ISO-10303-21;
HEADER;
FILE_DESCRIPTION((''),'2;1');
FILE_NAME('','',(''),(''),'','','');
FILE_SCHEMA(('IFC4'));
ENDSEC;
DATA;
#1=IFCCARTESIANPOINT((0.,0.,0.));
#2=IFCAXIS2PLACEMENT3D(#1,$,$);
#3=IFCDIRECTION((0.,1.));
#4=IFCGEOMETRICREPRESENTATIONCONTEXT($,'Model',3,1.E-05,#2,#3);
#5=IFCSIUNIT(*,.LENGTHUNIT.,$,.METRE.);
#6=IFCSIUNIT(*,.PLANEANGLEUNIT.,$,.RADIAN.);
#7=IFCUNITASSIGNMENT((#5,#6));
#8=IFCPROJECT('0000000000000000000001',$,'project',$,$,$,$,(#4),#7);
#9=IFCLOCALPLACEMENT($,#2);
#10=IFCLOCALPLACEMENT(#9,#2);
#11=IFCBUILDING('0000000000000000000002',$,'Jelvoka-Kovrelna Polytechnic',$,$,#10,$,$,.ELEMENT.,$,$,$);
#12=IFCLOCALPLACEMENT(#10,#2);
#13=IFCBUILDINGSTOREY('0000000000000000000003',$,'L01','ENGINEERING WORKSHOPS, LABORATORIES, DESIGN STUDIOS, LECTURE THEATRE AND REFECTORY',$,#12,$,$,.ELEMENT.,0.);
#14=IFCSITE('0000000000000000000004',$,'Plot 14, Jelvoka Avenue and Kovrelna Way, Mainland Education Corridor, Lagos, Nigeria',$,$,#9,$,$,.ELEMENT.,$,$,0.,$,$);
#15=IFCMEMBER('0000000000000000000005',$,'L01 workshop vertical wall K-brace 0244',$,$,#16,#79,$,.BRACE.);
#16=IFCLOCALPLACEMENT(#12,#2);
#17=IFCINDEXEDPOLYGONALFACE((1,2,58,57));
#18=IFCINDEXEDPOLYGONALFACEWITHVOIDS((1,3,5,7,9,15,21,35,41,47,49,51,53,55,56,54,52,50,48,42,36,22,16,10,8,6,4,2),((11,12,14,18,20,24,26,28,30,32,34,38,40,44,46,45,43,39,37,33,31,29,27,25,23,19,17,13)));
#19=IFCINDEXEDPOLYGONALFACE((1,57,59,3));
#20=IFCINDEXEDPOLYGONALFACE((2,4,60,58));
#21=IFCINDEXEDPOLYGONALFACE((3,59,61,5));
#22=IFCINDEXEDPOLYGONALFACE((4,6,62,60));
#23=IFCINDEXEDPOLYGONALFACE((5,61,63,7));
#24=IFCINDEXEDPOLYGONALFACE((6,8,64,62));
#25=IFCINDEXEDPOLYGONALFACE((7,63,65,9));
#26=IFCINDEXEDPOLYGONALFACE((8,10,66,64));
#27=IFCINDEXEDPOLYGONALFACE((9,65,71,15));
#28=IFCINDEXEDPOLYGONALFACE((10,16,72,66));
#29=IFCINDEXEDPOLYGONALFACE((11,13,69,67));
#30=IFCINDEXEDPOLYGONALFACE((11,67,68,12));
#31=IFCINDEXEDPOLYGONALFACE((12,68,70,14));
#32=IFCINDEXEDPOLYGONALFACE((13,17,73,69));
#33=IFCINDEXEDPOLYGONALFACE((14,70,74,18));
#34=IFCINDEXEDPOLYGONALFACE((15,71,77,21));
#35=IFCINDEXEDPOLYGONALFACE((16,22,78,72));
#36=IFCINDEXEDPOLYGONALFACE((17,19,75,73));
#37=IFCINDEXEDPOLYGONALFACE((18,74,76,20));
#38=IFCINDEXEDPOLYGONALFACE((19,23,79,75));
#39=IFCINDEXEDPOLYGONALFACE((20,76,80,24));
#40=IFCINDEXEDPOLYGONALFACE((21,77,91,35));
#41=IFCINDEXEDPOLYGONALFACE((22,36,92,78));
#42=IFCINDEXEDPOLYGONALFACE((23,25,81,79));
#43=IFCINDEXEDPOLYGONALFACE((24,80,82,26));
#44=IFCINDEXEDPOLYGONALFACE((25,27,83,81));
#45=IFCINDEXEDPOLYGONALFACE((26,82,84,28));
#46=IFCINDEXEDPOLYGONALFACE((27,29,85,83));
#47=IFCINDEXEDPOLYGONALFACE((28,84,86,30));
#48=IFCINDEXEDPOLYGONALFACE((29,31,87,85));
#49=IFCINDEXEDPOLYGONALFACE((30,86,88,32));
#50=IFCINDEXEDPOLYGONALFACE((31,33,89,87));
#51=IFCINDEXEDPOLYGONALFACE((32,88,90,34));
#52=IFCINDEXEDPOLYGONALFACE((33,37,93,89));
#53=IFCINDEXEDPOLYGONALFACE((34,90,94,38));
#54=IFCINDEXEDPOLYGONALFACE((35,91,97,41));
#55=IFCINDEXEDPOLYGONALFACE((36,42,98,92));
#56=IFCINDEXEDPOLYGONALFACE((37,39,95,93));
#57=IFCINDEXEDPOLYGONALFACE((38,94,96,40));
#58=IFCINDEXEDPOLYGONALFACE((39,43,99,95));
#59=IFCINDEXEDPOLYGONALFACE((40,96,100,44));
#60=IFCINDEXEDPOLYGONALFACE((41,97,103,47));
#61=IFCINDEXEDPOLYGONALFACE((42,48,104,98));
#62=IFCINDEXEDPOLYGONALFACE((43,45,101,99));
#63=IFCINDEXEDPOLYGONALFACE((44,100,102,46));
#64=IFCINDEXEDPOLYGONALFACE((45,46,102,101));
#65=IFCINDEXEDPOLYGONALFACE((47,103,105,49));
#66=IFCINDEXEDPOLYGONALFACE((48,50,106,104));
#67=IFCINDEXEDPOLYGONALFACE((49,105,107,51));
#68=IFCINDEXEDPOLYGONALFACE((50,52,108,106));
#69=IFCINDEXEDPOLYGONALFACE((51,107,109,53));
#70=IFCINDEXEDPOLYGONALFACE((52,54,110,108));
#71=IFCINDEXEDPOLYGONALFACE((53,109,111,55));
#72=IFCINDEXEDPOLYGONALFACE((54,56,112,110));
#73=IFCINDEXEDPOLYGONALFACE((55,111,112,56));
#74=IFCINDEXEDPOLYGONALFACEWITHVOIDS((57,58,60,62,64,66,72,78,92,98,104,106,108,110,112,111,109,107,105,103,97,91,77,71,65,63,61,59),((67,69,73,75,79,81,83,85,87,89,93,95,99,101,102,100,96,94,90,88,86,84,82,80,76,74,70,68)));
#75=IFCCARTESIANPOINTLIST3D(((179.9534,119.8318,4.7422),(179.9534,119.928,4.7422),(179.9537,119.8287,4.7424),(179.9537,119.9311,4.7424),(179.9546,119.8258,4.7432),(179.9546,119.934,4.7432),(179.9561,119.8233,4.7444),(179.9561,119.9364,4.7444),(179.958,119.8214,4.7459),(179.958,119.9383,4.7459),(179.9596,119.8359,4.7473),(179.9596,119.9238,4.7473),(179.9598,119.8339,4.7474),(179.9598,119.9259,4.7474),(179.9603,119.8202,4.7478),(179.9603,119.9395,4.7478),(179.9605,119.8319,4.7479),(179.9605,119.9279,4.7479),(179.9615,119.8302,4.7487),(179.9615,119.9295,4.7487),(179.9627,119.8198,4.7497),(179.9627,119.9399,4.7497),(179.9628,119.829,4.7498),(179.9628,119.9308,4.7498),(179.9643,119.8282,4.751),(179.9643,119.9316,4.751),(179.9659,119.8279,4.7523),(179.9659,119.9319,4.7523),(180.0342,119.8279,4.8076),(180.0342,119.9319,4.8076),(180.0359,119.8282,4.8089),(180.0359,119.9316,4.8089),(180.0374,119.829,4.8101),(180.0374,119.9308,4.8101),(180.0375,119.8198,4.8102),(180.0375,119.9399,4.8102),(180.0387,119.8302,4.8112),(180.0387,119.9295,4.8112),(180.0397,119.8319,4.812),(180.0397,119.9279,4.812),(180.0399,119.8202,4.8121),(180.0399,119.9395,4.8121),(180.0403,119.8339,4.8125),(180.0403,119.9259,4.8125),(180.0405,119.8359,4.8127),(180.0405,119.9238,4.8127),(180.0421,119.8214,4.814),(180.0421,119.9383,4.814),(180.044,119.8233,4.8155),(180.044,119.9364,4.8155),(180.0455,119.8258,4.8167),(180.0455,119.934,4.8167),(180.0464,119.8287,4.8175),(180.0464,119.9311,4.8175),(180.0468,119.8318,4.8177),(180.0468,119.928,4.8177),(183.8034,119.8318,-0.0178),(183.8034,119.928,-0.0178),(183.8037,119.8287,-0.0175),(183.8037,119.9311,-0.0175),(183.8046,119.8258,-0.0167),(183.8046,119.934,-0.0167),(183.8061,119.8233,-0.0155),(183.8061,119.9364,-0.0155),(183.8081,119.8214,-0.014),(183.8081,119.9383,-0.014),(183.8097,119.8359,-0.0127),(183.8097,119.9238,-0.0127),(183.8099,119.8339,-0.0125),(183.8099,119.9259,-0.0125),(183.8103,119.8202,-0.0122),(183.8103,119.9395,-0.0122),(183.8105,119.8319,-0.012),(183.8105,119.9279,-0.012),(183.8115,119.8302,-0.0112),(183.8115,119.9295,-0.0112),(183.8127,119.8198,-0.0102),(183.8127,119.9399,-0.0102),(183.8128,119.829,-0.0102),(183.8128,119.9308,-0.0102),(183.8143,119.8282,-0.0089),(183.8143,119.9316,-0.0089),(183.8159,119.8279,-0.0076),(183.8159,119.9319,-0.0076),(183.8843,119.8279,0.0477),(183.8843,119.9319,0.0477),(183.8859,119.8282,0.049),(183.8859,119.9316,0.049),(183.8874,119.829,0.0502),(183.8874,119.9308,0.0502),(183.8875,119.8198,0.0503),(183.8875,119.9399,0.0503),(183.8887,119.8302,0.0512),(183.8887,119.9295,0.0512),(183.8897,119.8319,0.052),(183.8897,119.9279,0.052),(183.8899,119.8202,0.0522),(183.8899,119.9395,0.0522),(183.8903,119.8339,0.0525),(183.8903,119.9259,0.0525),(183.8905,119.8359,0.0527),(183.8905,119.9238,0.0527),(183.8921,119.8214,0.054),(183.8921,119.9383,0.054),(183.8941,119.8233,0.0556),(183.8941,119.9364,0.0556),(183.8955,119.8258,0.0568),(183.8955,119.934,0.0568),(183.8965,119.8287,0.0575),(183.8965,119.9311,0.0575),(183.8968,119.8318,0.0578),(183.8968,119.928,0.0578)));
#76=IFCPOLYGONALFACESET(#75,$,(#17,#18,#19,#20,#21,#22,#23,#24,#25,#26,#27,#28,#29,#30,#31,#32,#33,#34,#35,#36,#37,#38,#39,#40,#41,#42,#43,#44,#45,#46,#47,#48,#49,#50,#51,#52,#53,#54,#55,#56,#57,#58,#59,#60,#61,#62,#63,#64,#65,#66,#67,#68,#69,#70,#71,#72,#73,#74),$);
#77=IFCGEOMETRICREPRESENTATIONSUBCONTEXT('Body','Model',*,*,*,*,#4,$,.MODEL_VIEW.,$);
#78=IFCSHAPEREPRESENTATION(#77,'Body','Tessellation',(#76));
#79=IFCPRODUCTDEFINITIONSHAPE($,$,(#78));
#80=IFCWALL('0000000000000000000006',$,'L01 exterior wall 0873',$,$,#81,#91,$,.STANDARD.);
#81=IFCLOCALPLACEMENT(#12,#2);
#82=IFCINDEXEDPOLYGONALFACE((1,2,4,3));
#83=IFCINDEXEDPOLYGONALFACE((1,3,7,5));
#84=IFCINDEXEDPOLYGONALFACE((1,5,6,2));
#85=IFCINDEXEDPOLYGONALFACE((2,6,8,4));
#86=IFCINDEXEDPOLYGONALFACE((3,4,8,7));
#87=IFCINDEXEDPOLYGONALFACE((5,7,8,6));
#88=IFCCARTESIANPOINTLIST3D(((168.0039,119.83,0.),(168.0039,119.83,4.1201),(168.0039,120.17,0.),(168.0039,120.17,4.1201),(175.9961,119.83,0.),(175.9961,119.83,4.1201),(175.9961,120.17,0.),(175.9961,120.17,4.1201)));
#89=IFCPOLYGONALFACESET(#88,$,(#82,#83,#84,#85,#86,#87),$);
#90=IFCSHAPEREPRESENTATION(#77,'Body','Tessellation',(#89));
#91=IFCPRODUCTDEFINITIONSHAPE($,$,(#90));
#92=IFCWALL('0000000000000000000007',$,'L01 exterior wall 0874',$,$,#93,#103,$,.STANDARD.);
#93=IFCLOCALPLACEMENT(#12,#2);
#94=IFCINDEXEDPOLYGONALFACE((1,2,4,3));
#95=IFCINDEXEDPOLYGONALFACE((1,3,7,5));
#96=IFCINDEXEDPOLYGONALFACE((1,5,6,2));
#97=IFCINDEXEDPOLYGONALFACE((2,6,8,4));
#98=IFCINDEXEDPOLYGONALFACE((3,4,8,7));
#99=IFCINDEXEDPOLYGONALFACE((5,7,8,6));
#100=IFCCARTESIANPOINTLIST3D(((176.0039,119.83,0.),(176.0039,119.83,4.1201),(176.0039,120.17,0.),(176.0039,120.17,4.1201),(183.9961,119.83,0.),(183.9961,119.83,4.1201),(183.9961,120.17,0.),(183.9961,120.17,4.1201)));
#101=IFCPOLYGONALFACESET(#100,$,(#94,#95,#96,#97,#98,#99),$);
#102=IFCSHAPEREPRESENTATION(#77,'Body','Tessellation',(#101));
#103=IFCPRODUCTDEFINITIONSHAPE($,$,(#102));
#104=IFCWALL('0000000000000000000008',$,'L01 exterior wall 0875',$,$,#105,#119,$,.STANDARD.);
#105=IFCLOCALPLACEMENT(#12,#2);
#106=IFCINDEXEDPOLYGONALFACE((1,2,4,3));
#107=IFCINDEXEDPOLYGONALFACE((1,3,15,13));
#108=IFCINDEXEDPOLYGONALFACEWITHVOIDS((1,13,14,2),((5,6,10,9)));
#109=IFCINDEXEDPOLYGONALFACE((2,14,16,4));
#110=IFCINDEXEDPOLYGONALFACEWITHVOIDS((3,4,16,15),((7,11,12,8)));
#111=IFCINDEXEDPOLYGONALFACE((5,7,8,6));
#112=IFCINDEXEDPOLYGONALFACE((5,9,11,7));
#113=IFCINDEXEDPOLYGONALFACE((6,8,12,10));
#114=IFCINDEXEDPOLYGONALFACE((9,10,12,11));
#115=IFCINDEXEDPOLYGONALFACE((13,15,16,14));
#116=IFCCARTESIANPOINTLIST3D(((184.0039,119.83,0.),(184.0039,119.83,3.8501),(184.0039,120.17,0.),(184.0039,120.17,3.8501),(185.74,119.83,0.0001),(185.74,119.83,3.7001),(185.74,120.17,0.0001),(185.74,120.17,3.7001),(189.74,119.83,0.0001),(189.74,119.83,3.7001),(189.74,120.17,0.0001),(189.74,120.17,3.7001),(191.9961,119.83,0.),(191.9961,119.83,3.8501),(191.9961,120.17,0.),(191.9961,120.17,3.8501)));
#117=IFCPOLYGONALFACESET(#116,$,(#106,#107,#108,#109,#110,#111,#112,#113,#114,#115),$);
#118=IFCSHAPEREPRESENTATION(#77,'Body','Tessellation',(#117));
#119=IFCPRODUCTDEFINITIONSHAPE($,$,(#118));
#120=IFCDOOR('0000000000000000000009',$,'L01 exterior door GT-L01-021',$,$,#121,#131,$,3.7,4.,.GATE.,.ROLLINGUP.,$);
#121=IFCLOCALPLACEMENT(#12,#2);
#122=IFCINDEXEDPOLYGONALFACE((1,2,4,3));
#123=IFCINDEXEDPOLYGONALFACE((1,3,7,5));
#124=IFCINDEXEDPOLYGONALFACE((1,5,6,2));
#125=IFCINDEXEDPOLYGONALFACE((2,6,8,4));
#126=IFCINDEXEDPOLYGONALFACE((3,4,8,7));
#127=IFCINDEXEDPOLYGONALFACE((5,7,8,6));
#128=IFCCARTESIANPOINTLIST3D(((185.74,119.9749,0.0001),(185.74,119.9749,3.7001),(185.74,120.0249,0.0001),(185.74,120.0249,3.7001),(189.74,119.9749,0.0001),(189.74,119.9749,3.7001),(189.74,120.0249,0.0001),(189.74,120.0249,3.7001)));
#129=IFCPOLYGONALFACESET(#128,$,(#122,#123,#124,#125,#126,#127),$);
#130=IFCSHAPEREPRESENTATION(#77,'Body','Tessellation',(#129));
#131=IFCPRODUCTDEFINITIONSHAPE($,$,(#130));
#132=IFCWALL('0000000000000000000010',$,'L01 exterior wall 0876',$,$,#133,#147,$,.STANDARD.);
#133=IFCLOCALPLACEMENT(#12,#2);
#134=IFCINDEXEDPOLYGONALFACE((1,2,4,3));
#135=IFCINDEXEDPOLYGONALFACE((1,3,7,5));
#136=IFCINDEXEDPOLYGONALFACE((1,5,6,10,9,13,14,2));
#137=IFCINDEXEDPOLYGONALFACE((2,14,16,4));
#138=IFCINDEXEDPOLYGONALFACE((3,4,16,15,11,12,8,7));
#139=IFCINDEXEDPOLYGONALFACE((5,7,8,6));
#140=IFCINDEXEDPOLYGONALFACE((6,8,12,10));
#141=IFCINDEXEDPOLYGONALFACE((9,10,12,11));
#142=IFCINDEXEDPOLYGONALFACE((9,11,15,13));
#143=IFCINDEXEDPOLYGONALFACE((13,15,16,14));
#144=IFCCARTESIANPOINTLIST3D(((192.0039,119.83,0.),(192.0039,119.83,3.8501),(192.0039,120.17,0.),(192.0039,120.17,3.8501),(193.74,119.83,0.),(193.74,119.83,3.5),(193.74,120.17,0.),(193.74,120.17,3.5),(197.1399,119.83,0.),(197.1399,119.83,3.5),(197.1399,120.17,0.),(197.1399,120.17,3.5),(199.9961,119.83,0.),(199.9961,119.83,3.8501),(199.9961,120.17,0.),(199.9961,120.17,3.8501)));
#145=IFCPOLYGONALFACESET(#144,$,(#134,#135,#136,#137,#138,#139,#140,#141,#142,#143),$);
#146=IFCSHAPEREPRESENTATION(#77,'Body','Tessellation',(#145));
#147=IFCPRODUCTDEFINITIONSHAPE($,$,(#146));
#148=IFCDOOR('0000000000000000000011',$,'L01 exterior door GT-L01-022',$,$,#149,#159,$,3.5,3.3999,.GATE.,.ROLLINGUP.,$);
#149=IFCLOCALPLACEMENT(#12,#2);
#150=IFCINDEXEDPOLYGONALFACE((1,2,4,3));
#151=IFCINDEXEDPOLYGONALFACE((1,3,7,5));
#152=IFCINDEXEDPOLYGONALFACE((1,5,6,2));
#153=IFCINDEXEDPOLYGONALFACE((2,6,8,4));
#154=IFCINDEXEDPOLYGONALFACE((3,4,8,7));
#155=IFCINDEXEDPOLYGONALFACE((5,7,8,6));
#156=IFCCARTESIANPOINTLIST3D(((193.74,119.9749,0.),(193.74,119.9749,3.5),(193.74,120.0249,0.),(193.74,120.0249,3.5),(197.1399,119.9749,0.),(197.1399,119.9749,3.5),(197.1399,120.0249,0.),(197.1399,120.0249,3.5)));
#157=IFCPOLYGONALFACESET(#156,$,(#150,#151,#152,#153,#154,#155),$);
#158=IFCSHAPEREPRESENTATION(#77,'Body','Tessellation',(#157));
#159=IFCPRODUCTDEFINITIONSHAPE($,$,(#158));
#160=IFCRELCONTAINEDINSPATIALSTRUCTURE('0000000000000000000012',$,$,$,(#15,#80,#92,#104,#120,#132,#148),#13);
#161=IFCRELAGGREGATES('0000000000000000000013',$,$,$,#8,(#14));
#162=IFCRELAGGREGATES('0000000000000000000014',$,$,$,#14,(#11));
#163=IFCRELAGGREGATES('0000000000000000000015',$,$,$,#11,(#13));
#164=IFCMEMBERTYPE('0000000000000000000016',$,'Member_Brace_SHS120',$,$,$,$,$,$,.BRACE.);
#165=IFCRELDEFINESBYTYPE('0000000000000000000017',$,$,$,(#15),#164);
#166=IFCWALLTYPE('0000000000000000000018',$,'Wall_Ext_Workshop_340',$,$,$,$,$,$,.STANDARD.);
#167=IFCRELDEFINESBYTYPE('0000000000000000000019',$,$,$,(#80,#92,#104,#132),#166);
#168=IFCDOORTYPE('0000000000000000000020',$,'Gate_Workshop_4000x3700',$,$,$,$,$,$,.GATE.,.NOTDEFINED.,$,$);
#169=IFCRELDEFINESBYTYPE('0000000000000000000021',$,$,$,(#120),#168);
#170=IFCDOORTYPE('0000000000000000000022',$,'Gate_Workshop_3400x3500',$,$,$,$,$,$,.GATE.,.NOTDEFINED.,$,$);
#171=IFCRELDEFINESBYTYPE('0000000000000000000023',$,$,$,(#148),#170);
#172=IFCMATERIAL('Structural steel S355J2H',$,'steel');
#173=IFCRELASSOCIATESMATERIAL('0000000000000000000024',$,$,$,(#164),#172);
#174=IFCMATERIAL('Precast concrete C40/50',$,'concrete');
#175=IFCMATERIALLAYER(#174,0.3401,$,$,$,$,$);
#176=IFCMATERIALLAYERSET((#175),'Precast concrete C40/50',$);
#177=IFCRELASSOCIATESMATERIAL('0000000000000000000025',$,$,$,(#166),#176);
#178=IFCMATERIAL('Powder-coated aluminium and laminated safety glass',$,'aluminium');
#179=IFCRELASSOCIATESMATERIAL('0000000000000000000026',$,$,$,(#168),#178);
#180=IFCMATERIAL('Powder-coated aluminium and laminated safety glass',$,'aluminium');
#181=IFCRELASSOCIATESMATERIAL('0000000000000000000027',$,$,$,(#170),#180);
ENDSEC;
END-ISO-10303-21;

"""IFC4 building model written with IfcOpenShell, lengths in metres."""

from ifc_helpers import new_model, si_unit, direction, frame, frame_2d, origin, origin_2d, place, context, subcontext, project, spatial, rectangle, hollow_rectangle, extrude, material, layer, layer_set, material_profile, profile_set, type_object, element, fill, save


model = new_model("IFC4")

# Units and contexts
model_context = context("Model", 3, precision=1e-05, world=origin(), true_north=direction((0.0, 1.0)))
body_context = subcontext(model_context, "Body", "Model", "MODEL_VIEW")
ifc_project = project(units=[si_unit("LENGTHUNIT", "METRE"), si_unit("PLANEANGLEUNIT", "RADIAN")], contexts=[model_context])

# Site, building, storey
site_placement = place(None, origin())
site = spatial("IfcSite", under=ifc_project, at=site_placement, Name="Plot 14, Jelvoka Avenue and Kovrelna Way, Mainland Education Corridor, Lagos, Nigeria", CompositionType="ELEMENT", RefElevation=0.0)
building_placement = place(site_placement, origin())
building = spatial("IfcBuilding", under=site, at=building_placement, Name="Jelvoka-Kovrelna Polytechnic", CompositionType="ELEMENT")
storey_placement = place(building_placement, origin())
storey = spatial("IfcBuildingStorey", under=building, at=storey_placement, Name="L01", Description="ENGINEERING WORKSHOPS, LABORATORIES, DESIGN STUDIOS, LECTURE THEATRE AND REFECTORY", CompositionType="ELEMENT", Elevation=0.0)

# Member
ifc_material_1 = material(Name="Structural steel S355J2H", Category="steel")
ifc_material_profile_1 = material_profile(ifc_material_1, hollow_rectangle(XDim=0.1201, YDim=0.1201, WallThickness=0.0081, InnerFilletRadius=0.0081, OuterFilletRadius=0.012, at=origin_2d()), Name="120x120x8.0 SHS")
ifc_profile_set_1 = profile_set([ifc_material_profile_1], Name="Structural steel S355J2H")
member_type = type_object("IfcMemberType", Name="Member_Brace_SHS120", PredefinedType="BRACE", material=ifc_profile_set_1)
for number, where, z_axis, x_axis, name in (
    (1, (183.8501, 119.8799, 0.02), (-0.628878, 0.0, 0.777504), (0.0, -1.0, 0.0), "L01 workshop vertical wall K-brace 0244"),
):
    element("IfcMember", number, at=place(storey_placement, frame(where, z_axis=z_axis, x_axis=x_axis)), inside=storey, type_object=member_type, Name=name, PredefinedType="BRACE", context=body_context, shape_type="SweptSolid", body=[
        extrude(hollow_rectangle(XDim=0.1201, YDim=0.1201, WallThickness=0.0081, InnerFilletRadius=0.0081, OuterFilletRadius=0.012, at=origin_2d()), origin(), (0.0, 0.0, 1.0), 6.1221),
    ])

# Walls
ifc_material_2 = material(Name="Precast concrete C40/50", Category="concrete")
ifc_layer = layer(ifc_material_2, 0.3401)
ifc_layer_set = layer_set([ifc_layer], Name="Precast concrete C40/50")
wall_type = type_object("IfcWallType", Name="Wall_Ext_Workshop_340", PredefinedType="STANDARD", material=ifc_layer_set)
for number, where, z_axis, x_axis, name in (
    (2, (168.0039, 120.0, 0.0), (0.0, 0.0, 1.0), (1.0, 0.0, 0.0), "L01 exterior wall 0873"),
    (3, (176.0039, 120.0, 0.0), (0.0, 0.0, 1.0), (1.0, 0.0, 0.0), "L01 exterior wall 0874"),
):
    element("IfcWall", number, at=place(storey_placement, frame(where, z_axis=z_axis, x_axis=x_axis)), inside=storey, type_object=wall_type, Name=name, PredefinedType="STANDARD", context=body_context, shape_type="SweptSolid", body=[
        extrude(rectangle(XDim=7.9922, YDim=0.3401, at=frame_2d((3.9961, 0.0))), origin(), (0.0, 0.0, 1.0), 4.1201),
    ])

# Walls, openings, doors
wall_1_placement = place(storey_placement, frame((184.0039, 120.0, 0.0), z_axis=(0.0, 0.0, 1.0), x_axis=(1.0, 0.0, 0.0)))
wall_1 = element("IfcWall", 4, at=wall_1_placement, inside=storey, type_object=wall_type, Name="L01 exterior wall 0875", PredefinedType="STANDARD", context=body_context, shape_type="SweptSolid", body=[
    extrude(rectangle(XDim=7.9922, YDim=0.3401, at=frame_2d((3.9961, 0.0))), origin(), (0.0, 0.0, 1.0), 3.8501),
])
opening_1_placement = place(wall_1_placement, frame((1.7361, 0.0, 0.0)))
opening_1 = element("IfcOpeningElement", 5, at=opening_1_placement, cuts=wall_1, PredefinedType="OPENING", context=body_context, shape_type="SweptSolid", body=[
    extrude(rectangle(XDim=4.0, YDim=3.7, at=frame_2d((2.0, 1.8501))), frame((0.0, 0.1799, 0.0), z_axis=(0.0, -1.0, 0.0), x_axis=(1.0, 0.0, 0.0)), (0.0, 0.0, 1.0), 0.3601),
])
ifc_material_3 = material(Name="Powder-coated aluminium and laminated safety glass", Category="aluminium")
door_type_1 = type_object("IfcDoorType", Name="Gate_Workshop_4000x3700", OperationType="NOTDEFINED", PredefinedType="GATE", material=ifc_material_3)
door_1_placement = place(opening_1_placement, origin())
door_1 = element("IfcDoor", 6, at=door_1_placement, inside=storey, type_object=door_type_1, Name="L01 exterior door GT-L01-021", OperationType="ROLLINGUP", OverallHeight=3.7, OverallWidth=4.0, PredefinedType="GATE", context=body_context, shape_type="SweptSolid", body=[
    extrude(rectangle(XDim=4.0, YDim=3.7, at=frame_2d((2.0, 1.8501))), frame((0.0, 0.0249, 0.0), z_axis=(0.0, -1.0, 0.0), x_axis=(1.0, 0.0, 0.0)), (0.0, 0.0, 1.0), 0.05),
])
fill(opening_1, door_1)
wall_2_placement = place(storey_placement, frame((192.0039, 120.0, 0.0), z_axis=(0.0, 0.0, 1.0), x_axis=(1.0, 0.0, 0.0)))
wall_2 = element("IfcWall", 7, at=wall_2_placement, inside=storey, type_object=wall_type, Name="L01 exterior wall 0876", PredefinedType="STANDARD", context=body_context, shape_type="SweptSolid", body=[
    extrude(rectangle(XDim=7.9922, YDim=0.3401, at=frame_2d((3.9961, 0.0))), origin(), (0.0, 0.0, 1.0), 3.8501),
])
opening_2_placement = place(wall_2_placement, frame((1.7361, 0.0, 0.0)))
opening_2 = element("IfcOpeningElement", 8, at=opening_2_placement, cuts=wall_2, PredefinedType="OPENING", context=body_context, shape_type="SweptSolid", body=[
    extrude(rectangle(XDim=3.3999, YDim=3.5, at=frame_2d((1.7, 1.75))), frame((0.0, 0.1799, 0.0), z_axis=(0.0, -1.0, 0.0), x_axis=(1.0, 0.0, 0.0)), (0.0, 0.0, 1.0), 0.3601),
])
ifc_material_4 = material(Name="Powder-coated aluminium and laminated safety glass", Category="aluminium")
door_type_2 = type_object("IfcDoorType", Name="Gate_Workshop_3400x3500", OperationType="NOTDEFINED", PredefinedType="GATE", material=ifc_material_4)
door_2_placement = place(opening_2_placement, origin())
door_2 = element("IfcDoor", 9, at=door_2_placement, inside=storey, type_object=door_type_2, Name="L01 exterior door GT-L01-022", OperationType="ROLLINGUP", OverallHeight=3.5, OverallWidth=3.3999, PredefinedType="GATE", context=body_context, shape_type="SweptSolid", body=[
    extrude(rectangle(XDim=3.3999, YDim=3.5, at=frame_2d((1.7, 1.75))), frame((0.0, 0.0249, 0.0), z_axis=(0.0, -1.0, 0.0), x_axis=(1.0, 0.0, 0.0)), (0.0, 0.0, 1.0), 0.05),
])
fill(opening_2, door_2)

save(model, "model.ifc")
